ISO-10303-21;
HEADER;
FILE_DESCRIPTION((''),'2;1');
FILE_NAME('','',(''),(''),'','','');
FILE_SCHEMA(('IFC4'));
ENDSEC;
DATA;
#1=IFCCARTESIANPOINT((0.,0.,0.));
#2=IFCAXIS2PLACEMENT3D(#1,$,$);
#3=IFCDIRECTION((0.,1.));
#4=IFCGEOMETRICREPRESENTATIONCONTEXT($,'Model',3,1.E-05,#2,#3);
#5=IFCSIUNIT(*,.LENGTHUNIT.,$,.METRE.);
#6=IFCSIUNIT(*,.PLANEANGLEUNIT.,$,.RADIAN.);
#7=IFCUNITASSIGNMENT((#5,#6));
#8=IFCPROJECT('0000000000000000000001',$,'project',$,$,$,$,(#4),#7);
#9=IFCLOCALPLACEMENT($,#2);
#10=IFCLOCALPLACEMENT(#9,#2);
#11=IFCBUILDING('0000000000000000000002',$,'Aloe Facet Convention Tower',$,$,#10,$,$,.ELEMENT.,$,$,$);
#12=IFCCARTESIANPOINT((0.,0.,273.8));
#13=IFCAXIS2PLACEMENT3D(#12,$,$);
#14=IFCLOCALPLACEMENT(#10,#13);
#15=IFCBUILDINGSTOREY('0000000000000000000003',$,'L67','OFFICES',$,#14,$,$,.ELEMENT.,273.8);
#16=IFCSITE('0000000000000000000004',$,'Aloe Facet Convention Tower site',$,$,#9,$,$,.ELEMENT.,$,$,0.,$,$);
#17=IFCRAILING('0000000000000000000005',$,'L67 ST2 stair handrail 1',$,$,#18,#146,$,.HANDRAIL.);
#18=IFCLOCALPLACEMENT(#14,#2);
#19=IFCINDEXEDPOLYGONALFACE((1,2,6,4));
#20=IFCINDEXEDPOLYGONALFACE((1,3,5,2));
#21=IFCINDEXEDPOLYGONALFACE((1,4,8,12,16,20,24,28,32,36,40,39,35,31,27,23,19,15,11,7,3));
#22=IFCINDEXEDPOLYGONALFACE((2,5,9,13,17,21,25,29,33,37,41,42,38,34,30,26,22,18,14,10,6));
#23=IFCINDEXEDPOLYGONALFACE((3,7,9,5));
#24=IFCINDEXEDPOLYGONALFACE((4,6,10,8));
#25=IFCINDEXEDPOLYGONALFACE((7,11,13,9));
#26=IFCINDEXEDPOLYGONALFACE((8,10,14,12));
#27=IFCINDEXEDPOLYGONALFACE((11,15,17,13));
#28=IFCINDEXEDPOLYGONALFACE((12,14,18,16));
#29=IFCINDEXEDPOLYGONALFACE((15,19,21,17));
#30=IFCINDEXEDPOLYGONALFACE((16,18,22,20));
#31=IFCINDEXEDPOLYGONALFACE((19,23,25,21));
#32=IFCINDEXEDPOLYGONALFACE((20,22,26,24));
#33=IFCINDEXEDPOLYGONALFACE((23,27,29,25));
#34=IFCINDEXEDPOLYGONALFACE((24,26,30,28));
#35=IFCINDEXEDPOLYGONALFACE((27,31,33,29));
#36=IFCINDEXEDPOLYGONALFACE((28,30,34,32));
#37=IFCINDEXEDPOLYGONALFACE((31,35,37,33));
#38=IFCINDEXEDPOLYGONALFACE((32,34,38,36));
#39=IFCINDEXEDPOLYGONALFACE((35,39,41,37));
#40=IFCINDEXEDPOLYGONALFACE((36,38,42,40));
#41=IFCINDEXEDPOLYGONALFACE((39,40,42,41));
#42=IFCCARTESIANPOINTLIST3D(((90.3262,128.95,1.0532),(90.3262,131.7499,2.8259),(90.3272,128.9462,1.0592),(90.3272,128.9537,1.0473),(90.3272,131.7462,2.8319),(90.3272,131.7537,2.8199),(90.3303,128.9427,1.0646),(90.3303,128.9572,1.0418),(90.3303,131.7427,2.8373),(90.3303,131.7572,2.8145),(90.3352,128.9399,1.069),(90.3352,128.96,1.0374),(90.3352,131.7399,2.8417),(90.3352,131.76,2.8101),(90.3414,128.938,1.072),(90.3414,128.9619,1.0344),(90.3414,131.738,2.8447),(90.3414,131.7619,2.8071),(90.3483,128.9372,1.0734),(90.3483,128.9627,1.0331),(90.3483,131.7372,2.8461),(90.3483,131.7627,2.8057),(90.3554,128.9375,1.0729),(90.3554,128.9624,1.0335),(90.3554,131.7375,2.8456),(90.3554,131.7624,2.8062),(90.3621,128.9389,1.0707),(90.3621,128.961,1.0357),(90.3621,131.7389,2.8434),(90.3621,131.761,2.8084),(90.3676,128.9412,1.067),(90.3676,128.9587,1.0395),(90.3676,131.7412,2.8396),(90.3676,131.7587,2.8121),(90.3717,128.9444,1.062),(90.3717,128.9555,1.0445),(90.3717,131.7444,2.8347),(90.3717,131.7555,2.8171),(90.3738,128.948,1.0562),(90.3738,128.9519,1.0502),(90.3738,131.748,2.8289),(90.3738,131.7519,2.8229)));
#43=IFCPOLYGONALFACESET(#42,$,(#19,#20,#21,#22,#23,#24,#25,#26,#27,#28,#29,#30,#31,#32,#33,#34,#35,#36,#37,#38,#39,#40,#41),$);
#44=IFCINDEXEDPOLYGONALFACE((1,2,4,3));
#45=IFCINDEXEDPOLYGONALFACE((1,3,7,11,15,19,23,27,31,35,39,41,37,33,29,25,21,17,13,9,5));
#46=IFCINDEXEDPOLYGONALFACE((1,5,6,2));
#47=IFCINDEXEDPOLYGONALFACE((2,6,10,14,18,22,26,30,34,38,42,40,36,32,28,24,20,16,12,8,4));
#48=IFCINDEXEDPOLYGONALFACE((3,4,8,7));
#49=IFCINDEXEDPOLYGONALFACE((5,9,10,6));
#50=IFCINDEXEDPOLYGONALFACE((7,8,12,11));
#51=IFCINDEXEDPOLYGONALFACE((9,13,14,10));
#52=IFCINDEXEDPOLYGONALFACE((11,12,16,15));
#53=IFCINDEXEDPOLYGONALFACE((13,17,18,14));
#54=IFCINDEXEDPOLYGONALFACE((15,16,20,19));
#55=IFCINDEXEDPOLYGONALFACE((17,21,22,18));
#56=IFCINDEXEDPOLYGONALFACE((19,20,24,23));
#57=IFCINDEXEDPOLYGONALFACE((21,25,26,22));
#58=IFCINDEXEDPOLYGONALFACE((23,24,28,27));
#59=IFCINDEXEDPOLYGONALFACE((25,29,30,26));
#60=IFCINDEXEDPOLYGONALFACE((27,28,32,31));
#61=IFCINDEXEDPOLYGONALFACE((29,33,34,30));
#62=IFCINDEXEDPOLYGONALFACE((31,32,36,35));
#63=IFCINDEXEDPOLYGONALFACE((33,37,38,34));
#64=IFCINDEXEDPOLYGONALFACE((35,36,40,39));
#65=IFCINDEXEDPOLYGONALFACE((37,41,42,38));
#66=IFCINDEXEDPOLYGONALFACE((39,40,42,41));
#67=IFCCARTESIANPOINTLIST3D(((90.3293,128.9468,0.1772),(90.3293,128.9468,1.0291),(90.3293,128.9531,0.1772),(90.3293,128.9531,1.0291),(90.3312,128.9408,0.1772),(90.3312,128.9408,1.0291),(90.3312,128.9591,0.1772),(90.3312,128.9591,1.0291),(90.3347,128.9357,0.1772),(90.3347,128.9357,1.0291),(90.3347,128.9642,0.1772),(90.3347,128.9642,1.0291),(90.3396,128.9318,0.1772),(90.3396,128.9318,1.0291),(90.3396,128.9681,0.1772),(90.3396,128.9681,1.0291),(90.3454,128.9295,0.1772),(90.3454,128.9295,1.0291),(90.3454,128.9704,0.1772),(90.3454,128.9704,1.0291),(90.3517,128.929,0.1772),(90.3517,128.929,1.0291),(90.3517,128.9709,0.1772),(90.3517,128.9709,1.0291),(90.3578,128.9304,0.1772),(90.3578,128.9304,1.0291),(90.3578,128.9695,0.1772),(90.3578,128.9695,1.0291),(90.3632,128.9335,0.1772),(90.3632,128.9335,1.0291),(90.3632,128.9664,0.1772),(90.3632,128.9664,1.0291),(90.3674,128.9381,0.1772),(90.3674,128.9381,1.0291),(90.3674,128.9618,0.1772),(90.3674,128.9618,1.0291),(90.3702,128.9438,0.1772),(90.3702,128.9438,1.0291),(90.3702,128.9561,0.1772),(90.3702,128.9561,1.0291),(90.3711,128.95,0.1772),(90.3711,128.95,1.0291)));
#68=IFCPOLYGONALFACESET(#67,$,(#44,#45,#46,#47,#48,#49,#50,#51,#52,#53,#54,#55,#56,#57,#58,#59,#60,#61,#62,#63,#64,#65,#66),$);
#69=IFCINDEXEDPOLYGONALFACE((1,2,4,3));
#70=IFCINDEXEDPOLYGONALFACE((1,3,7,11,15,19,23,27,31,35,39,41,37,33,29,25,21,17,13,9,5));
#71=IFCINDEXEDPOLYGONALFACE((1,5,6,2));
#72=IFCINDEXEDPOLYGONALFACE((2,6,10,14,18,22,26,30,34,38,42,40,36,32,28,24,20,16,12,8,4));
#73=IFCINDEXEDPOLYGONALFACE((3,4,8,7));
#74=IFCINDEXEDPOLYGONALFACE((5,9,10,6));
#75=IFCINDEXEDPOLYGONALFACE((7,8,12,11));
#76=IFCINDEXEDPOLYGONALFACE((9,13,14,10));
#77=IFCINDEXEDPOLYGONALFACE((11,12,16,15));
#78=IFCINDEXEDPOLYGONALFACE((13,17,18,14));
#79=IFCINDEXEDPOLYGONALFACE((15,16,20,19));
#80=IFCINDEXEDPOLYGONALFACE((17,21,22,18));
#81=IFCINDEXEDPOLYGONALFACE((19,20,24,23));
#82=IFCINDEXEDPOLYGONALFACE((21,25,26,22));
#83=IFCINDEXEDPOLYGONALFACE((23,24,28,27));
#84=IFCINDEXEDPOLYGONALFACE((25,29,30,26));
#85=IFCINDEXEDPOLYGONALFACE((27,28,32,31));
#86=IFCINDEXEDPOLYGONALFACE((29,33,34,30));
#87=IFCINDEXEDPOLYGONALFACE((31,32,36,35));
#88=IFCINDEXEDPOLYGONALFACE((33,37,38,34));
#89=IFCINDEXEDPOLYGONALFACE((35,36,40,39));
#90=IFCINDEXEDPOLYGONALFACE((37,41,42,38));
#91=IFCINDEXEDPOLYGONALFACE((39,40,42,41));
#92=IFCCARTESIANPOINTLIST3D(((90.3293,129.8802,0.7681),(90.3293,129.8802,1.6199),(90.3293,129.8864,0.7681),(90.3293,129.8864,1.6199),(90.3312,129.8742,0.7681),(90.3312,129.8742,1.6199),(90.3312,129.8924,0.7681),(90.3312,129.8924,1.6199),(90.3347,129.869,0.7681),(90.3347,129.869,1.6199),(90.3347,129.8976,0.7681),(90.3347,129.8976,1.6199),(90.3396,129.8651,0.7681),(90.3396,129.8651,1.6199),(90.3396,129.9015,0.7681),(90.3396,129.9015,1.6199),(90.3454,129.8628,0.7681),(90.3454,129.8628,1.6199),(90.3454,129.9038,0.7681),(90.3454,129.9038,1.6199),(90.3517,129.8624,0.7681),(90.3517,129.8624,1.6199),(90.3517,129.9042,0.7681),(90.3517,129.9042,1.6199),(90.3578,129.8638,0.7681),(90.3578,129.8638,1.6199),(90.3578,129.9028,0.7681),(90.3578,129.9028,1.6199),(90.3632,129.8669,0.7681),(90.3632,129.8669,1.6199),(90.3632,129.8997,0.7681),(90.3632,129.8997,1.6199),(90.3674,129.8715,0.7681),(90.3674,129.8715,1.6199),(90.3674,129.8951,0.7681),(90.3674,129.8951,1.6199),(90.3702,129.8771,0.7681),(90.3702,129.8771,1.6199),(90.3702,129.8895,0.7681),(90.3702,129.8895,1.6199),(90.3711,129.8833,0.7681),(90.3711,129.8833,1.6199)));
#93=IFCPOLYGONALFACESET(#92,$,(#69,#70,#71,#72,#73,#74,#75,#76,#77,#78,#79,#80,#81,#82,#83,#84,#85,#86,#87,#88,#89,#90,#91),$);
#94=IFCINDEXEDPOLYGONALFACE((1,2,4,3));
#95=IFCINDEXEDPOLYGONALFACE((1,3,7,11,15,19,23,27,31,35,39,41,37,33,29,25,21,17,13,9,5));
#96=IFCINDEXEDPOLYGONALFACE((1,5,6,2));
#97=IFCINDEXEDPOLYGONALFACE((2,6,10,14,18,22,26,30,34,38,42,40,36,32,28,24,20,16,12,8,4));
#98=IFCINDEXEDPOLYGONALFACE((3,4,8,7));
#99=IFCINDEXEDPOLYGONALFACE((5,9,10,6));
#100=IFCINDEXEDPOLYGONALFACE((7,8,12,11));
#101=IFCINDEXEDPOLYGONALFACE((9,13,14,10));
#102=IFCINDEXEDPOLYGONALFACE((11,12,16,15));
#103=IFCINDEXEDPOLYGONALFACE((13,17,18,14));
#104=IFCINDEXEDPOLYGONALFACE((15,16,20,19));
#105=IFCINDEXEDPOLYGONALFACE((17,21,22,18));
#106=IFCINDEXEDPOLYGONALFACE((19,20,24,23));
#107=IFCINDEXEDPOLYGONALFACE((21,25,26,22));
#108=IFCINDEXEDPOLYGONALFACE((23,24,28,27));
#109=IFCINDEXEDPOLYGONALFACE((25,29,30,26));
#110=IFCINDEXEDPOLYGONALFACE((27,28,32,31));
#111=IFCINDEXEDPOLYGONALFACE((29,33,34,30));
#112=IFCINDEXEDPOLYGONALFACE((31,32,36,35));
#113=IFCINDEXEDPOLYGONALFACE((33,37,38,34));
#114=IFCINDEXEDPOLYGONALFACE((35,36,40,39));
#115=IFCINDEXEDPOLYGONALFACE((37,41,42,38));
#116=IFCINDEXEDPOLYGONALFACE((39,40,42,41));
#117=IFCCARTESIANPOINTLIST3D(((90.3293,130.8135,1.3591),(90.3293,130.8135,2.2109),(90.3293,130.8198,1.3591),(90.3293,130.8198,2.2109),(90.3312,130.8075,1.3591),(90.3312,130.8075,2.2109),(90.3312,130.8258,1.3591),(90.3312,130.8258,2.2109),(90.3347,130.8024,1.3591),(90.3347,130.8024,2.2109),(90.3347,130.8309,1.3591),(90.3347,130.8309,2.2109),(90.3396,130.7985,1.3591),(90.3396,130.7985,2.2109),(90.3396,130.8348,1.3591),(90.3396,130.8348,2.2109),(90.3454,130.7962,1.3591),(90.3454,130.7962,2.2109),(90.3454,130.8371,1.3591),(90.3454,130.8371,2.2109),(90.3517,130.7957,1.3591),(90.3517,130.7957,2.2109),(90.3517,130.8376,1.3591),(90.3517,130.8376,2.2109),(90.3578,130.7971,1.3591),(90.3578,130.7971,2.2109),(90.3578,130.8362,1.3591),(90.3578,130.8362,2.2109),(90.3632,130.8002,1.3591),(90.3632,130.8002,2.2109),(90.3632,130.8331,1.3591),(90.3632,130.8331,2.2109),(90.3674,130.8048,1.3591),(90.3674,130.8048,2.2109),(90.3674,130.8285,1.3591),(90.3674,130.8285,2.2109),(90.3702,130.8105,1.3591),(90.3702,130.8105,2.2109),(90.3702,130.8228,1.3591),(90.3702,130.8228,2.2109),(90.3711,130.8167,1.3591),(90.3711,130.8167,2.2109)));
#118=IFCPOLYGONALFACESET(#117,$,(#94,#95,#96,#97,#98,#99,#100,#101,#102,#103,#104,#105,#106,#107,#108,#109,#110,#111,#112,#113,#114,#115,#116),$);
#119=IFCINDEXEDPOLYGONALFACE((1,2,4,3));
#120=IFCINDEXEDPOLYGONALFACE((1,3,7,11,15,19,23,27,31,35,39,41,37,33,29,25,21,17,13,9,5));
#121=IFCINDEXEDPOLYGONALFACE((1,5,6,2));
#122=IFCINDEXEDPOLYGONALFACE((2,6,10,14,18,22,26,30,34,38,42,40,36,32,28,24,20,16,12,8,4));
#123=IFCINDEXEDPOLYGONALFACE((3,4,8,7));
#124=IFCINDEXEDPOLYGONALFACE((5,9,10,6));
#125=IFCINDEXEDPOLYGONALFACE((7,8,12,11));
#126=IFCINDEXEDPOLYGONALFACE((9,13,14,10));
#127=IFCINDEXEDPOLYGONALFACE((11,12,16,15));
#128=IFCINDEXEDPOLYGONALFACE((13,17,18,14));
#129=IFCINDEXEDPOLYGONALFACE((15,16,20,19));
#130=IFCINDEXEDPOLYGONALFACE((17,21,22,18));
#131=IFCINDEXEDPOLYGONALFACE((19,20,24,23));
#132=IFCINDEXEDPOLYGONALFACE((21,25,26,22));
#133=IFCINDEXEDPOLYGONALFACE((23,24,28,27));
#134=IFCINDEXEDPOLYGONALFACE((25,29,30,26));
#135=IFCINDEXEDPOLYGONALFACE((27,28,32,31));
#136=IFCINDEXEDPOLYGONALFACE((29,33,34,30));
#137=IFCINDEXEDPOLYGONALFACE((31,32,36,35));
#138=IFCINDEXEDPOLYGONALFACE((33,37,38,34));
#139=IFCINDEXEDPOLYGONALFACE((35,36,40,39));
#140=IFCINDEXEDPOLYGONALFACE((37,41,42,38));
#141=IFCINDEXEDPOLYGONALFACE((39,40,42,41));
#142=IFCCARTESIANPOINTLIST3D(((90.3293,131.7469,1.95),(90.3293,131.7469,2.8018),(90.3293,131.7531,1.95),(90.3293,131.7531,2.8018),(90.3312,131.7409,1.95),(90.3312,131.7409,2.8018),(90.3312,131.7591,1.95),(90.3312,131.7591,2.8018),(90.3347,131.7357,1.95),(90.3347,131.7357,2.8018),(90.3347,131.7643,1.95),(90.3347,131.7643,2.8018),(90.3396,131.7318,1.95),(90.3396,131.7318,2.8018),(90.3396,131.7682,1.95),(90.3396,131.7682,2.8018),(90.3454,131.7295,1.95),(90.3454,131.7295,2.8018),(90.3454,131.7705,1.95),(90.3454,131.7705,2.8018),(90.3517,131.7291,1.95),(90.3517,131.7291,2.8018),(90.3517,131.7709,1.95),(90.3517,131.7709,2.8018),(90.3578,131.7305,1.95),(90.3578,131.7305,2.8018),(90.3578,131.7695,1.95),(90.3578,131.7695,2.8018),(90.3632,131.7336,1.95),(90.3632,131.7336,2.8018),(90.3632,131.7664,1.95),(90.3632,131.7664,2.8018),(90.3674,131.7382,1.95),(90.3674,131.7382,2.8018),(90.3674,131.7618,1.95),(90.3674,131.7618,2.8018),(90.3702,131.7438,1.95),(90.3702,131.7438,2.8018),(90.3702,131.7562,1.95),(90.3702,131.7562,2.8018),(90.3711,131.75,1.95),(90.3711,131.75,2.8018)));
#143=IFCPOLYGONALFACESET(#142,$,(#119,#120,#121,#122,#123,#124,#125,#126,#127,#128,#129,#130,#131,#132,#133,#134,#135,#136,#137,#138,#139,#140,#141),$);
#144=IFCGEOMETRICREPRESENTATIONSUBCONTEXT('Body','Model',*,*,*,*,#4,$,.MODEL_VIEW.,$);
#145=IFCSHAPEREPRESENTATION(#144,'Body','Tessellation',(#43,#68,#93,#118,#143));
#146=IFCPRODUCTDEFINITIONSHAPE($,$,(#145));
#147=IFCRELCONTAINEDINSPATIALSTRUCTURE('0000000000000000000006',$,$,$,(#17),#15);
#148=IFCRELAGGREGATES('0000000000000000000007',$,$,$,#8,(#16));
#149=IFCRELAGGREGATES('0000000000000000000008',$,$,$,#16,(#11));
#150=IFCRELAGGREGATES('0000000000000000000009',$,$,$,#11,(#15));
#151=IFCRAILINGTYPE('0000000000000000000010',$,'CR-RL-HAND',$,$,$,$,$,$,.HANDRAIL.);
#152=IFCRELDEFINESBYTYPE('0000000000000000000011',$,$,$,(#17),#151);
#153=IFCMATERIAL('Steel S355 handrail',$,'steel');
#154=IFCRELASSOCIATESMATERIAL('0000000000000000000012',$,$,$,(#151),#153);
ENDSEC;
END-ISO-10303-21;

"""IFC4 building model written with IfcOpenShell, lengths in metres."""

from ifc_helpers import new_model, si_unit, direction, frame, origin, origin_2d, place, context, subcontext, project, spatial, circle, extrude, material, type_object, element, save


model = new_model("IFC4")

# Units and contexts
model_context = context("Model", 3, precision=1e-05, world=origin(), true_north=direction((0.0, 1.0)))
body_context = subcontext(model_context, "Body", "Model", "MODEL_VIEW")
ifc_project = project(units=[si_unit("LENGTHUNIT", "METRE"), si_unit("PLANEANGLEUNIT", "RADIAN")], contexts=[model_context])

# Site, building, storey
site_placement = place(None, origin())
site = spatial("IfcSite", under=ifc_project, at=site_placement, Name="Aloe Facet Convention Tower site", CompositionType="ELEMENT", RefElevation=0.0)
building_placement = place(site_placement, origin())
building = spatial("IfcBuilding", under=site, at=building_placement, Name="Aloe Facet Convention Tower", CompositionType="ELEMENT")
storey_placement = place(building_placement, frame((0.0, 0.0, 273.8)))
storey = spatial("IfcBuildingStorey", under=building, at=storey_placement, Name="L67", Description="OFFICES", CompositionType="ELEMENT", Elevation=273.8)

# Railing
ifc_material_1 = material(Name="Steel S355 handrail", Category="steel")
railing_type_1 = type_object("IfcRailingType", Name="CR-RL-HAND", PredefinedType="HANDRAIL", material=ifc_material_1)
railing_1_placement = place(storey_placement, frame((90.3501, 128.95, 0.1772)))
element("IfcRailing", 1, at=railing_1_placement, inside=storey, type_object=railing_type_1, Name="L67 ST2 stair handrail 1", PredefinedType="HANDRAIL", context=body_context, shape_type="SweptSolid", body=[
    extrude(circle(Radius=0.0239, at=origin_2d()), frame((0.0, 0.0, 0.876), z_axis=(0.0, 0.844909, 0.53491), x_axis=(-1.0, 0.0, 0.0)), (0.0, 0.0, 1.0), 3.314),
    extrude(circle(Radius=0.021, at=origin_2d()), origin(), (0.0, 0.0, 1.0), 0.8518),
    extrude(circle(Radius=0.021, at=origin_2d()), frame((0.0, 0.9333, 0.5908)), (0.0, 0.0, 1.0), 0.8518),
    extrude(circle(Radius=0.021, at=origin_2d()), frame((0.0, 1.8667, 1.1819)), (0.0, 0.0, 1.0), 0.8518),
    extrude(circle(Radius=0.021, at=origin_2d()), frame((0.0, 2.8, 1.7727)), (0.0, 0.0, 1.0), 0.8518),
])

save(model, "model.ifc")
